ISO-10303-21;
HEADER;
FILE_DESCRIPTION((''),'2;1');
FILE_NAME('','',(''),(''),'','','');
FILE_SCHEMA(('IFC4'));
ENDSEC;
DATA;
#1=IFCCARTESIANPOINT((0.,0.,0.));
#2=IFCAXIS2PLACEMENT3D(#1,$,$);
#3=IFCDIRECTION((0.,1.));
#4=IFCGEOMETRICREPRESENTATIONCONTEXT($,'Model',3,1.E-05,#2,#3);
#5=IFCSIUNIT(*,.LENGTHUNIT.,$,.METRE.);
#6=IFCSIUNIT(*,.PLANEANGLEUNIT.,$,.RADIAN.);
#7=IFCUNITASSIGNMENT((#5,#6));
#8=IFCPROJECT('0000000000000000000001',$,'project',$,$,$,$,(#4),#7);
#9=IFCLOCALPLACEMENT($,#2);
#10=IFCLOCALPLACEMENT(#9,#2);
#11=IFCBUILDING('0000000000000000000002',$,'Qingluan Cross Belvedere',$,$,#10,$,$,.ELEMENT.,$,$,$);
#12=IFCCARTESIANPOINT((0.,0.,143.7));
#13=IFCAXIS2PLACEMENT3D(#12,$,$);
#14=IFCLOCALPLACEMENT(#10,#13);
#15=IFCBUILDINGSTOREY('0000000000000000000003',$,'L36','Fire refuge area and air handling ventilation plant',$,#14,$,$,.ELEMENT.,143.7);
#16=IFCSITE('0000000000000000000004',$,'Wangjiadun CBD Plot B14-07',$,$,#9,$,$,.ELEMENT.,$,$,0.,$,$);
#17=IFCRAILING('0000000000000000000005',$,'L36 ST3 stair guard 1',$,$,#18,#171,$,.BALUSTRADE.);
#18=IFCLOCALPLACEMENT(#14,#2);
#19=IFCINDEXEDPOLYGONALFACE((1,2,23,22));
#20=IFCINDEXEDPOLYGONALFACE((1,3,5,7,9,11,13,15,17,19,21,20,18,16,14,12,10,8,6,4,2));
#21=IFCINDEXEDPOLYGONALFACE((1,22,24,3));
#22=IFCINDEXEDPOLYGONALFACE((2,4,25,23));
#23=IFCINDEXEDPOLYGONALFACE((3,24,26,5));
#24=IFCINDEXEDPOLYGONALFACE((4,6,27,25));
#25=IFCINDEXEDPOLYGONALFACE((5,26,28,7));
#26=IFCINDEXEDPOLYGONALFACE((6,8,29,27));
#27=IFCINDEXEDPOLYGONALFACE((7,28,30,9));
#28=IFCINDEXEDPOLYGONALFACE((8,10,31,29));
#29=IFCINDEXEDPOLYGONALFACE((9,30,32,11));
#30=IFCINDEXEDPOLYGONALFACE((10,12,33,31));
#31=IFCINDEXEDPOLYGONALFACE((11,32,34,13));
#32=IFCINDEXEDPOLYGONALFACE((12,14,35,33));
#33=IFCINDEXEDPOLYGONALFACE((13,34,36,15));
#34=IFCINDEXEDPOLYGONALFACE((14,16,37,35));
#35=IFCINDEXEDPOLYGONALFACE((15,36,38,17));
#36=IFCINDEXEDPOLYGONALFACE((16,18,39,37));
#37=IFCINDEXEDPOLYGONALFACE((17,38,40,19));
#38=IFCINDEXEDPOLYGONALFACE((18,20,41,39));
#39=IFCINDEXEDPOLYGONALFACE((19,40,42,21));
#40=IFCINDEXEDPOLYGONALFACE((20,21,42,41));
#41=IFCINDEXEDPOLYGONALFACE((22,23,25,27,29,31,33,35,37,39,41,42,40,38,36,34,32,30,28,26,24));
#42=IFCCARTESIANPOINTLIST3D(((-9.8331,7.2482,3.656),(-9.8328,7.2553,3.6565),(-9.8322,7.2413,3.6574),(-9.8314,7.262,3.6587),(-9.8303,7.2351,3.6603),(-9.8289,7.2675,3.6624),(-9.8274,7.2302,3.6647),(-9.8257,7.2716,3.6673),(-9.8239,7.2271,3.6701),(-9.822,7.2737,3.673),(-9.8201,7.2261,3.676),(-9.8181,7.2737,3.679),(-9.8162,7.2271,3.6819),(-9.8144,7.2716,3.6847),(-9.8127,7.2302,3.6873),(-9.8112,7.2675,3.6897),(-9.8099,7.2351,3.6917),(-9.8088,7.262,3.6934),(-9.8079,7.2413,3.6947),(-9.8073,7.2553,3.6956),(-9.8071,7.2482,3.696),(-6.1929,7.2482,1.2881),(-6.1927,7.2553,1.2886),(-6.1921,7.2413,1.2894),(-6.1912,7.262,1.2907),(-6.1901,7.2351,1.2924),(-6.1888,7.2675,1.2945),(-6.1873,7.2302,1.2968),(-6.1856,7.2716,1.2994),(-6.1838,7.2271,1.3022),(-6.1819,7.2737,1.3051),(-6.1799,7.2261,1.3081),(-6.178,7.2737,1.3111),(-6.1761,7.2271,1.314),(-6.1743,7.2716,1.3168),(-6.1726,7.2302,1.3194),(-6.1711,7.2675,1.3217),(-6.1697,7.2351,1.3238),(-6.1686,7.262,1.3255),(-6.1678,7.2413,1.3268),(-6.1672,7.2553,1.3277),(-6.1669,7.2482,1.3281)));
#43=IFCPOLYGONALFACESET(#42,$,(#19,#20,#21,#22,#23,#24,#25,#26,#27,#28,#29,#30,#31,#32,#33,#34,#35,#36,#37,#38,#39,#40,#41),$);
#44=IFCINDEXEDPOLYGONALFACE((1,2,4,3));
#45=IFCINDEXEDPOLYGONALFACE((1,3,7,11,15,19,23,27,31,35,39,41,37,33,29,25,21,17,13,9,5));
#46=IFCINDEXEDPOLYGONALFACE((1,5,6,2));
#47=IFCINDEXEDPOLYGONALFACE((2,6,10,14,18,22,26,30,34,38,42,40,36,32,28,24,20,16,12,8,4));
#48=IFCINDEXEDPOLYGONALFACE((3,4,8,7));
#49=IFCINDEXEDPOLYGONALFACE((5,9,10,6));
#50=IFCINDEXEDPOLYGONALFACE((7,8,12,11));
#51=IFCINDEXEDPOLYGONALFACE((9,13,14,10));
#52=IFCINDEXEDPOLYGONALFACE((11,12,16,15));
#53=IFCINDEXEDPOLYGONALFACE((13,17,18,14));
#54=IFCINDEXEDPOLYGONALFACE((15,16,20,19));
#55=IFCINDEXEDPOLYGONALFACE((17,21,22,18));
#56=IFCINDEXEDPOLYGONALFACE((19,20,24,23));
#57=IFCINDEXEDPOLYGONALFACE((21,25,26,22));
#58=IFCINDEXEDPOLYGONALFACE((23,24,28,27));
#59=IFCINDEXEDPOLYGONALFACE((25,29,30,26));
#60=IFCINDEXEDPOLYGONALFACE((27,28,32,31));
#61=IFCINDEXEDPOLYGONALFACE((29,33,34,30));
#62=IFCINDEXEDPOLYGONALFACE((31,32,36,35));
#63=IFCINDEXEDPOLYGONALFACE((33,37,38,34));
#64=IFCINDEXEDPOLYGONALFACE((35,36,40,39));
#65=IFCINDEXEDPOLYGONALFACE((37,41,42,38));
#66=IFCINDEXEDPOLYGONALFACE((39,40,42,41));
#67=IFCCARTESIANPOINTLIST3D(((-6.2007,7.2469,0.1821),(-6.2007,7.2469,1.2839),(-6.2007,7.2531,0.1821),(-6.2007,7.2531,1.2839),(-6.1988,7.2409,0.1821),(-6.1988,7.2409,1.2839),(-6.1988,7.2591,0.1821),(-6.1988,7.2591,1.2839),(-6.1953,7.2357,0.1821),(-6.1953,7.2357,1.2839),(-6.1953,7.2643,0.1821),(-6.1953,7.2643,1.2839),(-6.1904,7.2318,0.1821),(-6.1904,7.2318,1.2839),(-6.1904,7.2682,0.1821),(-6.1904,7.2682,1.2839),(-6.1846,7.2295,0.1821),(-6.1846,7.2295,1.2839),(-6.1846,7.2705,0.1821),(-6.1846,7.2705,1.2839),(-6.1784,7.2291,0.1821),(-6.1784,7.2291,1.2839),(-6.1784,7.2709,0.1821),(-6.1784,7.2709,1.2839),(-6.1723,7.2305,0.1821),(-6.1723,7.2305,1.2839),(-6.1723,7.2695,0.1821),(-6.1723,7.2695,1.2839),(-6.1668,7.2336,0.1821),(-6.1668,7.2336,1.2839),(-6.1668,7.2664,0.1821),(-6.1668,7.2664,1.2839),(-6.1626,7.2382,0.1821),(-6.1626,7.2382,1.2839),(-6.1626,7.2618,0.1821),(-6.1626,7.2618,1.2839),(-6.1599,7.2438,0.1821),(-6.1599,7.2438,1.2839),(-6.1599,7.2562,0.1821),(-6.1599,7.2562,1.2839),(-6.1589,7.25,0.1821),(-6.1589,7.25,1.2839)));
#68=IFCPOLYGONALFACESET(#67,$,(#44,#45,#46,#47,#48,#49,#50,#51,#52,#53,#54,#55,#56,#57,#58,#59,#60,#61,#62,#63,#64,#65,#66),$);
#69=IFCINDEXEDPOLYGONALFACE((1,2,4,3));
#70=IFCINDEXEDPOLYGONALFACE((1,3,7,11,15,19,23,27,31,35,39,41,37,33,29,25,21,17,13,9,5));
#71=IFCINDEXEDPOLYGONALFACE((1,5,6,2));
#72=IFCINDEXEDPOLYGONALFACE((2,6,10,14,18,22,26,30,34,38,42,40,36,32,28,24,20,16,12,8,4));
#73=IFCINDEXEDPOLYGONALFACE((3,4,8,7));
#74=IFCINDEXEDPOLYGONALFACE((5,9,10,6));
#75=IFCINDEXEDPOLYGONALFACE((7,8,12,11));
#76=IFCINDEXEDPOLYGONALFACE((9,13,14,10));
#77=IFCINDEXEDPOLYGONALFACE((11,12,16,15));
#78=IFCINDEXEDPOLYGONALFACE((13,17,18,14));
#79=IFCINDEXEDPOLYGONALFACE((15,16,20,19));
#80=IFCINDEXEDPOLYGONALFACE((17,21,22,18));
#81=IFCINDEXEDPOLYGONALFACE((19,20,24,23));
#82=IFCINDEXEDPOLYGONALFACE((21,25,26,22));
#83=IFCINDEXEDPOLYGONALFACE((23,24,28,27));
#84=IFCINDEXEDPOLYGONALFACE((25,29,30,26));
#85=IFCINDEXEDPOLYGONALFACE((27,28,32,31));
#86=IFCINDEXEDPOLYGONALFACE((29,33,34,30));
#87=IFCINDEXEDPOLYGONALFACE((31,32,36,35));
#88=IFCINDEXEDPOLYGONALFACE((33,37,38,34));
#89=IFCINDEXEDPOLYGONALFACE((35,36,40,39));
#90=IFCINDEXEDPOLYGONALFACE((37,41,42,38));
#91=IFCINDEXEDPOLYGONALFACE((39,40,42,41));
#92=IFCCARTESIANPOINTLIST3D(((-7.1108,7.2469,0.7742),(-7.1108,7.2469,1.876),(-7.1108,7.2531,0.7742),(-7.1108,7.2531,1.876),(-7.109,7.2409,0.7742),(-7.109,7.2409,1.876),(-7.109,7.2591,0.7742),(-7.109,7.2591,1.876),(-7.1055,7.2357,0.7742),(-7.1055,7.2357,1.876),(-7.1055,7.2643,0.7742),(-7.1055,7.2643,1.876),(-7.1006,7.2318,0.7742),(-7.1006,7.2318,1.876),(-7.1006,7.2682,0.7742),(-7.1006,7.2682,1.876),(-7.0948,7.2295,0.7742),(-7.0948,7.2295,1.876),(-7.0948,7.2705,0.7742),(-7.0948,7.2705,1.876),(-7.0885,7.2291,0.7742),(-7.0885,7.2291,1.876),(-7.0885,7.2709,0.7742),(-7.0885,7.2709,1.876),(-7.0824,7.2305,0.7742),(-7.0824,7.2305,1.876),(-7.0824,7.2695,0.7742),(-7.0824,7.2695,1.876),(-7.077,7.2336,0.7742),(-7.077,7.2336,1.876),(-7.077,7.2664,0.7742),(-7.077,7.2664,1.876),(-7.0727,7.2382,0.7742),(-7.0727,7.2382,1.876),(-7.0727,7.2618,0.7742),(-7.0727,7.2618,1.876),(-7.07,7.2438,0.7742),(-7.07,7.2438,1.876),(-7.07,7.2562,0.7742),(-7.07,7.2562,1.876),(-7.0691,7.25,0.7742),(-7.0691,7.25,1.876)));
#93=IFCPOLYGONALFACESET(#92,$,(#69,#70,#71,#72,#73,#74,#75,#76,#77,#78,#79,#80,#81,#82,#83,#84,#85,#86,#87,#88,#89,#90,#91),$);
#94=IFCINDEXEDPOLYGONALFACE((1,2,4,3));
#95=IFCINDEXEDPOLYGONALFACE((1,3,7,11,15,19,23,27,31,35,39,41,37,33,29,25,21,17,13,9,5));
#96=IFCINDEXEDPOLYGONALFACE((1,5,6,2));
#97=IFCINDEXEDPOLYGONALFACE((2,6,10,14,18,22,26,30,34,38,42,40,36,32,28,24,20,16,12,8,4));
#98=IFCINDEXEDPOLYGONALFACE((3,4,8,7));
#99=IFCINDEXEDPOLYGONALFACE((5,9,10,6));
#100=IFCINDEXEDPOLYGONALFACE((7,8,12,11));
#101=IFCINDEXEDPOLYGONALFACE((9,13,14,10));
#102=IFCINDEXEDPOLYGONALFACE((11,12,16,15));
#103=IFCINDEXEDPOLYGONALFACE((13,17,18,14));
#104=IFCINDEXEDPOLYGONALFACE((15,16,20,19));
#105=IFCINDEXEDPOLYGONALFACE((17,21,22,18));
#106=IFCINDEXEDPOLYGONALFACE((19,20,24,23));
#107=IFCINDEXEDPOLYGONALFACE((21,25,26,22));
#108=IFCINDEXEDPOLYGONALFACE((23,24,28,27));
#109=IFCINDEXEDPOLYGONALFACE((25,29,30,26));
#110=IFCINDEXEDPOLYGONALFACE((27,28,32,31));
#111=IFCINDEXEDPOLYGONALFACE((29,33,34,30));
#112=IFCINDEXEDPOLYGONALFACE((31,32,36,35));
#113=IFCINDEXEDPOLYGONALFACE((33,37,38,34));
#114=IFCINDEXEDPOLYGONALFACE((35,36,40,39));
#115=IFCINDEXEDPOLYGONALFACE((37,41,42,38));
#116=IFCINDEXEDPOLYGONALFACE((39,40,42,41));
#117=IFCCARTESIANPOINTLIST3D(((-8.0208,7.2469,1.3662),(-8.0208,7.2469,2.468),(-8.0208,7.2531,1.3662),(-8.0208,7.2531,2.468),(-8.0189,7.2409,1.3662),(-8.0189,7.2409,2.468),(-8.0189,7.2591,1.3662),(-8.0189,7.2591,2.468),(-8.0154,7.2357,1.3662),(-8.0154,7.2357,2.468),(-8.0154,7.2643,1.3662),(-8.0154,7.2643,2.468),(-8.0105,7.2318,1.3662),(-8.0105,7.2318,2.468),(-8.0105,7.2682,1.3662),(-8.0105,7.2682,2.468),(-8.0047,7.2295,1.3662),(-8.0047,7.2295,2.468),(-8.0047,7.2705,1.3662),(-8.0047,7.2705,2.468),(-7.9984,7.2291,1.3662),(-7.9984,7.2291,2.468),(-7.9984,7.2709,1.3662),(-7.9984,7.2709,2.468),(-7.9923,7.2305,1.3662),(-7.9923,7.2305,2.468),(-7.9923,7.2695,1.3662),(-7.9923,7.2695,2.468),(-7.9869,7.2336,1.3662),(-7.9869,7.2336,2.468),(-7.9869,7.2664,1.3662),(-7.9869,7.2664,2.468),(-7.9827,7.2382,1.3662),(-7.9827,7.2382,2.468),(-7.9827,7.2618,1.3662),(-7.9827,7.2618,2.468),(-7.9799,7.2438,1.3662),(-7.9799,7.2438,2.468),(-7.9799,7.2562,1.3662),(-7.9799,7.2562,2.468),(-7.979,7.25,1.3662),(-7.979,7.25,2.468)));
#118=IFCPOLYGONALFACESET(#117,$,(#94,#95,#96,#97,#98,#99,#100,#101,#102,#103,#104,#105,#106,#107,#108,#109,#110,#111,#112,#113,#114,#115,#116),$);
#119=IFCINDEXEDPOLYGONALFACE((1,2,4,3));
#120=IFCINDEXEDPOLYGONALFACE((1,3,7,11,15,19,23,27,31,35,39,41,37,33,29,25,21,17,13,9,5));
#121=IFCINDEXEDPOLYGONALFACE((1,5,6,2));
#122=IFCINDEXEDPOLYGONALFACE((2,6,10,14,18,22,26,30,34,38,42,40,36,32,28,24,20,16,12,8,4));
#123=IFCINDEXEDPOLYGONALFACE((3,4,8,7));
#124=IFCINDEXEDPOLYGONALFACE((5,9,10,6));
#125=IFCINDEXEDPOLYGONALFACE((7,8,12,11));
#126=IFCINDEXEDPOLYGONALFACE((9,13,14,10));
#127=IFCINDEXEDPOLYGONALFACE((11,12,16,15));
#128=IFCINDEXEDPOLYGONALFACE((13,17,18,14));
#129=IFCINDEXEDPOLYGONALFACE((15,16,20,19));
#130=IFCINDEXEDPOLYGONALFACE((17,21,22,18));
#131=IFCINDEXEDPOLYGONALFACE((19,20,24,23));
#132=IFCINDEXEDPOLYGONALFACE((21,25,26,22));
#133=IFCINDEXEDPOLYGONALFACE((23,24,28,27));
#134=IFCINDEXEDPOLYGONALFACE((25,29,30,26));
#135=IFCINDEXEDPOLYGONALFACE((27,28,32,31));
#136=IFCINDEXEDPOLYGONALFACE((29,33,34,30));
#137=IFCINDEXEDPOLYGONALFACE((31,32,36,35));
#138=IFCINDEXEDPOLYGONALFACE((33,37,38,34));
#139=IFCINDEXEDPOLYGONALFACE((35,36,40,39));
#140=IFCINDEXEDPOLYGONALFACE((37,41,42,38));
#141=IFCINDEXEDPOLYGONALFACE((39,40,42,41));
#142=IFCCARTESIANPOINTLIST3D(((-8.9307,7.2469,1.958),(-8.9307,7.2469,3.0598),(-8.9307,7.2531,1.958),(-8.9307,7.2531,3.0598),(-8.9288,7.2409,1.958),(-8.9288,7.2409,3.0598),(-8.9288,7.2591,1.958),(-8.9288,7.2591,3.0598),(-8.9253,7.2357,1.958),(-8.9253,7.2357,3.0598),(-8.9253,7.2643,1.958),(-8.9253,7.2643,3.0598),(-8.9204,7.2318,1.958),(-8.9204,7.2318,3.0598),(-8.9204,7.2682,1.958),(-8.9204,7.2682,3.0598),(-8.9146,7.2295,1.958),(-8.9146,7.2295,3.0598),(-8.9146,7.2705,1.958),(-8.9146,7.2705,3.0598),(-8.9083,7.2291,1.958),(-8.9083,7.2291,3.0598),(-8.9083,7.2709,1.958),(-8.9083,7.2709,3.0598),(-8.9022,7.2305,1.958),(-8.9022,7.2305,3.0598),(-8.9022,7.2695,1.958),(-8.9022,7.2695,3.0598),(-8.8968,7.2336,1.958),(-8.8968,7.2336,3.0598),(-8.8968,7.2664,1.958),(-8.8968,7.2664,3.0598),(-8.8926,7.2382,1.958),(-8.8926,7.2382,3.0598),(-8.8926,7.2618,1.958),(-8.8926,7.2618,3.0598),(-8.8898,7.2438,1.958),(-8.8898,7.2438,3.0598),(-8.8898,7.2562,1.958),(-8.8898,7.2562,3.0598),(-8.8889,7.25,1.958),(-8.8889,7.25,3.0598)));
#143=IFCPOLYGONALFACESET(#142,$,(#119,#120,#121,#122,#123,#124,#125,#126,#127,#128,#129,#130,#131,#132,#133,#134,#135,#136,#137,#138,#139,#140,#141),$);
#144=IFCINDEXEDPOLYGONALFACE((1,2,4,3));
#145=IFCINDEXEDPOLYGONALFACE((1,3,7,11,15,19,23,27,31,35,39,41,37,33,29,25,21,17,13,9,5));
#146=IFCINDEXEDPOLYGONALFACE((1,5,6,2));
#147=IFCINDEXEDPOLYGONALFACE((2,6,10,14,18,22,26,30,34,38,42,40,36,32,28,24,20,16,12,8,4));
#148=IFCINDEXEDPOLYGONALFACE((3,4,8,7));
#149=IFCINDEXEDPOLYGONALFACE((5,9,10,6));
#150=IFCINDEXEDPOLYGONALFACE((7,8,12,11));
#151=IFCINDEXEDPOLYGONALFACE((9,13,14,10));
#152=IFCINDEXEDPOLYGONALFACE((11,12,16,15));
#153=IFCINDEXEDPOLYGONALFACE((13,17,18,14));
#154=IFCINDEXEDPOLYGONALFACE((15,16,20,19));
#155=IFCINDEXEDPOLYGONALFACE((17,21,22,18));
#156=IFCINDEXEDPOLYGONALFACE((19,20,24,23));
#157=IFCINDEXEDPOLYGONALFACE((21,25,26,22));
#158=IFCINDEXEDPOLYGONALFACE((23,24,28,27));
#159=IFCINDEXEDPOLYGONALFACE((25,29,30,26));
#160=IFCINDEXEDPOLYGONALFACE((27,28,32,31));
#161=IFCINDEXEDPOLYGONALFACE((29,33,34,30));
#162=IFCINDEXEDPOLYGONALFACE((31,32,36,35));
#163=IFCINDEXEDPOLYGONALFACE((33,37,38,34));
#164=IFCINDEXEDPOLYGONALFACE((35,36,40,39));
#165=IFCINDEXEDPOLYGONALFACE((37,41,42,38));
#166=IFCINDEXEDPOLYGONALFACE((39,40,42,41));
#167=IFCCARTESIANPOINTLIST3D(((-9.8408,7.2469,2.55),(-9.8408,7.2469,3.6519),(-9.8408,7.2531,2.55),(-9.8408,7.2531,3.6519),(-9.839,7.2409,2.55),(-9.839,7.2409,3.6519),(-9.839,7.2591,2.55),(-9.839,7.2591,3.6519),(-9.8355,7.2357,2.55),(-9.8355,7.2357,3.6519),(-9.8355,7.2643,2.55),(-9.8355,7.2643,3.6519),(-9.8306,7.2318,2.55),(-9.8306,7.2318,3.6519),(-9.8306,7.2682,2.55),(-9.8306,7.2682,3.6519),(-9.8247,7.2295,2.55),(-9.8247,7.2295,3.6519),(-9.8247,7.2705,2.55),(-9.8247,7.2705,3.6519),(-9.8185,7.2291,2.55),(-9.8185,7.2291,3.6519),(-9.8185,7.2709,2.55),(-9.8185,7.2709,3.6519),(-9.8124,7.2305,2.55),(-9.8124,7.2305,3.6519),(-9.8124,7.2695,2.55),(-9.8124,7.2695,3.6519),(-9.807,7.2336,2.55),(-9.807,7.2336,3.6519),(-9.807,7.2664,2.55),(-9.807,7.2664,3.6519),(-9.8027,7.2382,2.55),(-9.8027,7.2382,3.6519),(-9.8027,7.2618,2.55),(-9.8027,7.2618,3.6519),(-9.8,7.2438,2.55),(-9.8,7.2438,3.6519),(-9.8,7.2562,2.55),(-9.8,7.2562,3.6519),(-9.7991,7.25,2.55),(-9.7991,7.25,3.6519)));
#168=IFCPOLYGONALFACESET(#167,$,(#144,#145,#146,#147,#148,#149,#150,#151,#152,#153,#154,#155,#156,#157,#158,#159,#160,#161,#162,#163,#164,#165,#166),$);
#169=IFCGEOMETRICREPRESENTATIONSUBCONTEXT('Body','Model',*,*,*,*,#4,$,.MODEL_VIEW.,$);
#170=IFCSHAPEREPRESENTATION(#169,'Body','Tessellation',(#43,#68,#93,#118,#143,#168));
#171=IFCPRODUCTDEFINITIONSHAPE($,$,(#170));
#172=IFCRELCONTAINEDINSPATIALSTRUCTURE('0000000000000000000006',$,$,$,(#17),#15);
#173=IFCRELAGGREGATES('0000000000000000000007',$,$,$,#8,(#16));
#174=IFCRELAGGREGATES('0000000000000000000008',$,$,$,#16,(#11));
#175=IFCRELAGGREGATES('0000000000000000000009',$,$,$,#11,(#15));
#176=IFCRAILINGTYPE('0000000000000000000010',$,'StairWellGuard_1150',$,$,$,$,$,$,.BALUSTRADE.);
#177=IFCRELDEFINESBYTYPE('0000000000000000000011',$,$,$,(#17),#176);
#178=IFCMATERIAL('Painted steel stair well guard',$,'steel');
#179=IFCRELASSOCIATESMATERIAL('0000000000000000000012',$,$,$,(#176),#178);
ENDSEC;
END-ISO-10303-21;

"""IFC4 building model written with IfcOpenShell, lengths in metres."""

from ifc_helpers import new_model, si_unit, direction, frame, origin, origin_2d, place, context, subcontext, project, spatial, circle, extrude, material, type_object, element, save


model = new_model("IFC4")

# Units and contexts
model_context = context("Model", 3, precision=1e-05, world=origin(), true_north=direction((0.0, 1.0)))
body_context = subcontext(model_context, "Body", "Model", "MODEL_VIEW")
ifc_project = project(units=[si_unit("LENGTHUNIT", "METRE"), si_unit("PLANEANGLEUNIT", "RADIAN")], contexts=[model_context])

# Site, building, storey
site_placement = place(None, origin())
site = spatial("IfcSite", under=ifc_project, at=site_placement, Name="Wangjiadun CBD Plot B14-07", CompositionType="ELEMENT", RefElevation=0.0)
building_placement = place(site_placement, origin())
building = spatial("IfcBuilding", under=site, at=building_placement, Name="Qingluan Cross Belvedere", CompositionType="ELEMENT")
storey_placement = place(building_placement, frame((0.0, 0.0, 143.7)))
storey = spatial("IfcBuildingStorey", under=building, at=storey_placement, Name="L36", Description="Fire refuge area and air handling ventilation plant", CompositionType="ELEMENT", Elevation=143.7)

# Railing
ifc_material_1 = material(Name="Painted steel stair well guard", Category="steel")
railing_type_1 = type_object("IfcRailingType", Name="StairWellGuard_1150", PredefinedType="BALUSTRADE", material=ifc_material_1)
railing_1_placement = place(storey_placement, frame((-6.1799, 7.25, 0.1821)))
element("IfcRailing", 1, at=railing_1_placement, inside=storey, type_object=railing_type_1, Name="L36 ST3 stair guard 1", PredefinedType="BALUSTRADE", context=body_context, shape_type="SweptSolid", body=[
    extrude(circle(Radius=0.0239, at=origin_2d()), frame((0.0, 0.0, 1.126), z_axis=(-0.838251, 0.0, 0.545285), x_axis=(0.0, -1.0, 0.0)), (0.0, 0.0, 1.0), 4.3425),
    extrude(circle(Radius=0.021, at=origin_2d()), origin(), (0.0, 0.0, 1.0), 1.1018),
    extrude(circle(Radius=0.021, at=origin_2d()), frame((-0.9102, 0.0, 0.592)), (0.0, 0.0, 1.0), 1.1018),
    extrude(circle(Radius=0.021, at=origin_2d()), frame((-1.8201, 0.0, 1.1841)), (0.0, 0.0, 1.0), 1.1018),
    extrude(circle(Radius=0.021, at=origin_2d()), frame((-2.73, 0.0, 1.7759)), (0.0, 0.0, 1.0), 1.1018),
    extrude(circle(Radius=0.021, at=origin_2d()), frame((-3.6401, 0.0, 2.3679)), (0.0, 0.0, 1.0), 1.1018),
])

save(model, "model.ifc")
